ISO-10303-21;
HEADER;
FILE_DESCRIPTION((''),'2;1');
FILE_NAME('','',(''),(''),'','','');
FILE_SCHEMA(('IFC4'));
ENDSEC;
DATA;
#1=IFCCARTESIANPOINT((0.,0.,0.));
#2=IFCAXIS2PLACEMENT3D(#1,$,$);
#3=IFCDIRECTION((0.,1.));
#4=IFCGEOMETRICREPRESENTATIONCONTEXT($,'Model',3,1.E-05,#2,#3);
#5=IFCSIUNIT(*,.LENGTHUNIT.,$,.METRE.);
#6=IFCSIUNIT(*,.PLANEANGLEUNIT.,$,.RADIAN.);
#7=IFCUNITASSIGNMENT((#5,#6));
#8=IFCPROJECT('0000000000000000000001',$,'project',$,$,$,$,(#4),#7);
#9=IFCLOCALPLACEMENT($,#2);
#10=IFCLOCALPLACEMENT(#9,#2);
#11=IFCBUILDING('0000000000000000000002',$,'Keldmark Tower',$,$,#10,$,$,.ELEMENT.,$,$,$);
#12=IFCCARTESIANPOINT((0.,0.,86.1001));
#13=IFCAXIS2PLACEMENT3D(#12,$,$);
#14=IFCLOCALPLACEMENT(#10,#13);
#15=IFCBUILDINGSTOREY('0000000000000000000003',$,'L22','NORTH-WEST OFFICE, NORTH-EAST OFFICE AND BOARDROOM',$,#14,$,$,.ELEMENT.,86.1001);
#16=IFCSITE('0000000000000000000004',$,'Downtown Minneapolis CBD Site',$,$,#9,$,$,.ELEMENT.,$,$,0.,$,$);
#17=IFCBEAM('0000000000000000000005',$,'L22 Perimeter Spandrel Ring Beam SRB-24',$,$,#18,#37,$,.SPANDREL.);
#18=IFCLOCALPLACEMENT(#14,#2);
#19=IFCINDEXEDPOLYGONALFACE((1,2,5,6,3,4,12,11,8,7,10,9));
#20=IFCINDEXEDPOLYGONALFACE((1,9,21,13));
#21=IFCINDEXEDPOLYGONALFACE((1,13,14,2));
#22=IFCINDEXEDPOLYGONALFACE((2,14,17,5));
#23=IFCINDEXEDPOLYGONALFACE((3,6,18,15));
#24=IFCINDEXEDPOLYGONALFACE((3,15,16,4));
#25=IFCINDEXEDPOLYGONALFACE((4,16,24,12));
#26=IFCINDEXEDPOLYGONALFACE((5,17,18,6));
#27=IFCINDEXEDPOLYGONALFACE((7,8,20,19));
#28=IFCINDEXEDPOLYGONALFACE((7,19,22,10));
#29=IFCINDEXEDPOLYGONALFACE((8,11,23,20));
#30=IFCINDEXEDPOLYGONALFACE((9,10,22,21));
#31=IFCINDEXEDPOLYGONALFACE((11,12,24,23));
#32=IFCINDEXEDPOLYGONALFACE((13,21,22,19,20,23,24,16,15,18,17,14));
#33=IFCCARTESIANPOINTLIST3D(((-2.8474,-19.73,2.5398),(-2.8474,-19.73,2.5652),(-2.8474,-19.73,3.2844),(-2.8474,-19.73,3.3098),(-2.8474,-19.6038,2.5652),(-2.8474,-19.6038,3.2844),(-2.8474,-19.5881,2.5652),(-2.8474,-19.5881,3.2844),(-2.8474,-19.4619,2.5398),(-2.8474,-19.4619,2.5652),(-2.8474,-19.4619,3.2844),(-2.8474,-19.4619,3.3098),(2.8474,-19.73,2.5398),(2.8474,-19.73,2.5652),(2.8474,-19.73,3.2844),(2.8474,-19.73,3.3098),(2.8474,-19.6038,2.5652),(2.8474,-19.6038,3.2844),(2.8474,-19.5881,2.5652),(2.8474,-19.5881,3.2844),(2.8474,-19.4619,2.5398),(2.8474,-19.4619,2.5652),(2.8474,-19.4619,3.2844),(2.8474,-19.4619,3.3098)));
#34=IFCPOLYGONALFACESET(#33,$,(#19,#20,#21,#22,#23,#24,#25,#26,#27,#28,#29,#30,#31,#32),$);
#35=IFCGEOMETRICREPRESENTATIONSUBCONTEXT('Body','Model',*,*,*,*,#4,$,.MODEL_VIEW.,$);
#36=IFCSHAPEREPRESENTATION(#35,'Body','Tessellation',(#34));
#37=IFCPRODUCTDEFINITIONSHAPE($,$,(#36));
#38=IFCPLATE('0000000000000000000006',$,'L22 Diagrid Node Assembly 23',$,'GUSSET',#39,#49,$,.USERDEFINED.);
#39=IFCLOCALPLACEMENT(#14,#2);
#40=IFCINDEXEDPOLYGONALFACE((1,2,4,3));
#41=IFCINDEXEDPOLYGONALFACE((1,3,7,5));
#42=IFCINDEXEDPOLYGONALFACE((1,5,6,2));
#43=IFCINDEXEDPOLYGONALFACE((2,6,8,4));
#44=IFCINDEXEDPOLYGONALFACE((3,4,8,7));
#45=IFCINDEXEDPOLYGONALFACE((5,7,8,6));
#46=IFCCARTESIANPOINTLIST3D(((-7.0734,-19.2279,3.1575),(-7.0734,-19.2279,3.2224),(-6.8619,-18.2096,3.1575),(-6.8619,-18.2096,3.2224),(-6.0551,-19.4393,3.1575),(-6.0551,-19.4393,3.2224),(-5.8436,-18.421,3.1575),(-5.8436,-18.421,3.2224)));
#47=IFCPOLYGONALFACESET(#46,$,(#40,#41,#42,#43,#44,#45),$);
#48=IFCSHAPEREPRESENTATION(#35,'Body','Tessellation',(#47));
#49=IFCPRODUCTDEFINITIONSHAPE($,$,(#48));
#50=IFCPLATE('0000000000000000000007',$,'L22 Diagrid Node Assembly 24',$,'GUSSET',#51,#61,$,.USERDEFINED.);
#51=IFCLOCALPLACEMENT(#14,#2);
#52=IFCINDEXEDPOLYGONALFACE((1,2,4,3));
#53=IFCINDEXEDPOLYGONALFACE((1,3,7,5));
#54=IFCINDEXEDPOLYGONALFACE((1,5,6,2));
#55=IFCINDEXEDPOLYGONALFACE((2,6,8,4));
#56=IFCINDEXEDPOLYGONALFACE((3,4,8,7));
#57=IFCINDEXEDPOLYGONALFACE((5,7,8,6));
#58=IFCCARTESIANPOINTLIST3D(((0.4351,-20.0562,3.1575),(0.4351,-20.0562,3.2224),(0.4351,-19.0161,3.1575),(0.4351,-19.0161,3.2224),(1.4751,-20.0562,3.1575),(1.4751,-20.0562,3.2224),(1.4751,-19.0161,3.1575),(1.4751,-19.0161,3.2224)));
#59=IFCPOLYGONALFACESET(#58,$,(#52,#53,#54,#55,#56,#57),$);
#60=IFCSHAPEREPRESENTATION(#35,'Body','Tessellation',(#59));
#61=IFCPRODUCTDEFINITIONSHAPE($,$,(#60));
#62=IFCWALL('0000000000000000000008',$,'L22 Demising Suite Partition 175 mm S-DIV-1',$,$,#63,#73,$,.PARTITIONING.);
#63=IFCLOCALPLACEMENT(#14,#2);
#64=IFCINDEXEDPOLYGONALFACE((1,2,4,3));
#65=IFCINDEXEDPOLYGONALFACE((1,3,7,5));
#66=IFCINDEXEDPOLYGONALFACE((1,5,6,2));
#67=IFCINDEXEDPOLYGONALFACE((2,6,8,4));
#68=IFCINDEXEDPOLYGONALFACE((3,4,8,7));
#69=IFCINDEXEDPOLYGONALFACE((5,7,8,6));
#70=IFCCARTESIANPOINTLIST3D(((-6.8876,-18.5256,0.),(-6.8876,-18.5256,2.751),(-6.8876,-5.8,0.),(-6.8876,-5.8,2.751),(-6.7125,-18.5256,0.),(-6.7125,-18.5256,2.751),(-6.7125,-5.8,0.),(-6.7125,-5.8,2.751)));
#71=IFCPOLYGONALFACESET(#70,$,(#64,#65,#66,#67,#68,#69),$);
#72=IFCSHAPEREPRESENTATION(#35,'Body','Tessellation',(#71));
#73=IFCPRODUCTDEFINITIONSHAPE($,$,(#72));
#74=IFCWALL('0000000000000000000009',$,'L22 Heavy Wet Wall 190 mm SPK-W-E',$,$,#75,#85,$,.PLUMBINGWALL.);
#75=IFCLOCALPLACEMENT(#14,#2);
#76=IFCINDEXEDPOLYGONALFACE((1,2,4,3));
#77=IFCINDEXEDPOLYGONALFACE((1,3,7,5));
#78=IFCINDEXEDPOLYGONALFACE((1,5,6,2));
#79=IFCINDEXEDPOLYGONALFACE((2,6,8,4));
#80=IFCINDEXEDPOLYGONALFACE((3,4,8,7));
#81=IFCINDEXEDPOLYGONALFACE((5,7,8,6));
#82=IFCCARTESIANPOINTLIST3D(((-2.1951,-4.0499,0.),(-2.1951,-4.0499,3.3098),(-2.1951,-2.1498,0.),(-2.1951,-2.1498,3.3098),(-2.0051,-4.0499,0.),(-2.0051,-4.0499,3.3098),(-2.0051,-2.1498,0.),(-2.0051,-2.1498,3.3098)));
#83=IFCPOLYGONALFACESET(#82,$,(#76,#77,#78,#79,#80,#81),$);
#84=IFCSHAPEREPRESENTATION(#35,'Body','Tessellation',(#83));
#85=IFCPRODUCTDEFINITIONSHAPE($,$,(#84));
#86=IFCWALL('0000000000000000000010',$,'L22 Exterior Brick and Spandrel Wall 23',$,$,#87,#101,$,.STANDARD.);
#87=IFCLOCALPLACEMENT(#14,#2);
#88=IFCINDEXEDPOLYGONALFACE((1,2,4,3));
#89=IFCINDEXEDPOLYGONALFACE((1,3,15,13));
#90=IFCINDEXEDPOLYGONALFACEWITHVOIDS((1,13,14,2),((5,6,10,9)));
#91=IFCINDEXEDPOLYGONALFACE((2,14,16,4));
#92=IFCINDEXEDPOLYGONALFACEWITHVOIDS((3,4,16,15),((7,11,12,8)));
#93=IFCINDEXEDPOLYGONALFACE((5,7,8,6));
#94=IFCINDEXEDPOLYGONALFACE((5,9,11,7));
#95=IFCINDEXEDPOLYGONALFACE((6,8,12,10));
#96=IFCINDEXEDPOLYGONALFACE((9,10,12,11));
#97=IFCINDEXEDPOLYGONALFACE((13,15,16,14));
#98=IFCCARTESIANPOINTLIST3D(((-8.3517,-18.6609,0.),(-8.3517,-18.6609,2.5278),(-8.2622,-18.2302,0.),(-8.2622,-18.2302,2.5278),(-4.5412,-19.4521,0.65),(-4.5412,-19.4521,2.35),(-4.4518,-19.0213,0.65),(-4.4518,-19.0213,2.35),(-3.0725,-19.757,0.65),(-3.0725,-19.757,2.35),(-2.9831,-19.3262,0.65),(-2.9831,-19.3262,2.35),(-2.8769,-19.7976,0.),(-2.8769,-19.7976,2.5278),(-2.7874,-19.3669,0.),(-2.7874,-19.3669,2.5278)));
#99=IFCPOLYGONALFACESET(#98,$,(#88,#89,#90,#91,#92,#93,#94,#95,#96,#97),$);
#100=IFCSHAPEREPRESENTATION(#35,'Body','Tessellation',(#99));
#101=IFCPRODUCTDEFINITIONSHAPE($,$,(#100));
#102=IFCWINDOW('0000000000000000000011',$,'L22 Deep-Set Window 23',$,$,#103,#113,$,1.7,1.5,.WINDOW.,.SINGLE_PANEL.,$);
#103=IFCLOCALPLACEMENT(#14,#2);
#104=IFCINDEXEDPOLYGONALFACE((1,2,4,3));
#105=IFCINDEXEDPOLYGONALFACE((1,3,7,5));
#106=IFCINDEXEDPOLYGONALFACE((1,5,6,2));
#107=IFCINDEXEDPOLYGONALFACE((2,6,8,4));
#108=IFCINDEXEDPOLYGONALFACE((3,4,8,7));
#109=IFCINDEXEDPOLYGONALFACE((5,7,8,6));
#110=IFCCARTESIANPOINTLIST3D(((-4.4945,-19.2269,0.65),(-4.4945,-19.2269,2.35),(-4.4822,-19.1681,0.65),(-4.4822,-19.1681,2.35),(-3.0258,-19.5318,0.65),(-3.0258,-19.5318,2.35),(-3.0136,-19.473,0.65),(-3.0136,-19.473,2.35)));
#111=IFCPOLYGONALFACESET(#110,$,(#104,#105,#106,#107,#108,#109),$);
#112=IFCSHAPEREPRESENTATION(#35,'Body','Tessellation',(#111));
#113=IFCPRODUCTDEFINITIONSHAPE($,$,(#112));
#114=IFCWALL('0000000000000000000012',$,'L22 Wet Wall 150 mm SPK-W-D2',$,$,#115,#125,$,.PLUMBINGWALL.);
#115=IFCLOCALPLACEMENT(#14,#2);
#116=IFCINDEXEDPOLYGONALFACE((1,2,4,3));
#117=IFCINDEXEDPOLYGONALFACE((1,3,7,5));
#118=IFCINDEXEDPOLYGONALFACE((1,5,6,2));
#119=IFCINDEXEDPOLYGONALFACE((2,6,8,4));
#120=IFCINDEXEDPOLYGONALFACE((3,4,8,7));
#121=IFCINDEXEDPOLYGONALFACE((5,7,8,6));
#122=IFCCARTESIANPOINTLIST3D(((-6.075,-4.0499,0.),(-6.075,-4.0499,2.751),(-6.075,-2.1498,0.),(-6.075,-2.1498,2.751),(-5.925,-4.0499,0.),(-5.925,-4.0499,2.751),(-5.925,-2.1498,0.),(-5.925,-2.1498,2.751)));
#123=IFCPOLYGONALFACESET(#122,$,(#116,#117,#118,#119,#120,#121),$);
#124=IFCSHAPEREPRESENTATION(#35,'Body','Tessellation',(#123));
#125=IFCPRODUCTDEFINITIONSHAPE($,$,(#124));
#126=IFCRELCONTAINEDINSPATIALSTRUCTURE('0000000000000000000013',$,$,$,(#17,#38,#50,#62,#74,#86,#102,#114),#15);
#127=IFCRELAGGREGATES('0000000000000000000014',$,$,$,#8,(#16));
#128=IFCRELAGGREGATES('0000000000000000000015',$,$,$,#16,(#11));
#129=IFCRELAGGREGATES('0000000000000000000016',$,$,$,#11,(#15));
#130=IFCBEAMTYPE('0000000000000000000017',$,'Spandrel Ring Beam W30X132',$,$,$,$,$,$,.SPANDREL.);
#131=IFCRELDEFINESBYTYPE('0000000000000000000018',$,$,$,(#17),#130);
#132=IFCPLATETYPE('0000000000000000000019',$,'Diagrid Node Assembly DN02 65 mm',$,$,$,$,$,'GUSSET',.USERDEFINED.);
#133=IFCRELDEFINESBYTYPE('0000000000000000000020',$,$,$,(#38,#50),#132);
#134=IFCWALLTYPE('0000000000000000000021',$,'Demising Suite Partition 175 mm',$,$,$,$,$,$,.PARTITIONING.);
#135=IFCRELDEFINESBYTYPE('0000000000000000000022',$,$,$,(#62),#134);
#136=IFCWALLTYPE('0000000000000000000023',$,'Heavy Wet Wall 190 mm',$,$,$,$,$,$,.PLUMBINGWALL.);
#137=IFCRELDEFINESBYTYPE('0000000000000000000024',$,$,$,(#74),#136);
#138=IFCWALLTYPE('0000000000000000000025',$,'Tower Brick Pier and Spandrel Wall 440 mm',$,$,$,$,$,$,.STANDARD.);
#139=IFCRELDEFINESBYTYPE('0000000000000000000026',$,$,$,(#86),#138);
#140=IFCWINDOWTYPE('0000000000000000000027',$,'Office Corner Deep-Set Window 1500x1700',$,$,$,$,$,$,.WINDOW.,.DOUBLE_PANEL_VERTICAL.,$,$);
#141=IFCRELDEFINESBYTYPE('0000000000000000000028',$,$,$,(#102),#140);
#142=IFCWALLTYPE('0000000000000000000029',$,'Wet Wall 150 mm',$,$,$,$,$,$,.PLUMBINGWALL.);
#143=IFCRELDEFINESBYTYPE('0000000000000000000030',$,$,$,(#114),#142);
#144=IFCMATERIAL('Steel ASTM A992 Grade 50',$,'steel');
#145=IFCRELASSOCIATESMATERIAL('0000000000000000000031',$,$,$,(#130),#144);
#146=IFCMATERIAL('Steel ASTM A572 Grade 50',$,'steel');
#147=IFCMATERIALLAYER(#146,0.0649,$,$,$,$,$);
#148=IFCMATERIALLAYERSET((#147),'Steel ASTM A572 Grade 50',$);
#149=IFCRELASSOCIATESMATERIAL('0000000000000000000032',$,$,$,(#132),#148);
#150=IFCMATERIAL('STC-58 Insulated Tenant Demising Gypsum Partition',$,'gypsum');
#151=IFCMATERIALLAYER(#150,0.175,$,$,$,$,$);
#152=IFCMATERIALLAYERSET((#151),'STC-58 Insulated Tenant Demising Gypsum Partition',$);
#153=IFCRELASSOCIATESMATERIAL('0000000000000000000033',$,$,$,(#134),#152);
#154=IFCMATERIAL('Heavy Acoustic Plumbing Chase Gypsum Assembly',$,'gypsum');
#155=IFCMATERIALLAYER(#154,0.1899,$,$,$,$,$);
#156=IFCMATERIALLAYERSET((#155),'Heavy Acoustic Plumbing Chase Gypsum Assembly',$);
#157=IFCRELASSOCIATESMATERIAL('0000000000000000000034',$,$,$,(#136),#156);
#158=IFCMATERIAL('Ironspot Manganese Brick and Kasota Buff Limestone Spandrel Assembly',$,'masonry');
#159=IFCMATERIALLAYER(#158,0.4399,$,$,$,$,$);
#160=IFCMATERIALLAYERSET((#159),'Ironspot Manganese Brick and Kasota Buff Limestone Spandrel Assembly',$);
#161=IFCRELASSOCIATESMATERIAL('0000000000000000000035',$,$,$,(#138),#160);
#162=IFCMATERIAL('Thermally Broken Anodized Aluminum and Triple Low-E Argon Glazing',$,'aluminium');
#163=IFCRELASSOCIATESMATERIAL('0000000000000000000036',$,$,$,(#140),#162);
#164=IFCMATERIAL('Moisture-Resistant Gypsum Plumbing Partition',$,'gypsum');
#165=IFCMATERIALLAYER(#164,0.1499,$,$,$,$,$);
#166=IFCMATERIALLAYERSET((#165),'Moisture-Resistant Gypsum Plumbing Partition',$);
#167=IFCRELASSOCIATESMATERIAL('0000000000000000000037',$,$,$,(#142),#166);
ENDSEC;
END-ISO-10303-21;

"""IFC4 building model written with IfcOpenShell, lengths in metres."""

from ifc_helpers import new_model, si_unit, direction, frame, frame_2d, origin, origin_2d, place, context, subcontext, project, spatial, rectangle, i_section, extrude, material, layer, layer_set, material_profile, profile_set, type_object, element, fill, save


model = new_model("IFC4")

# Units and contexts
model_context = context("Model", 3, precision=1e-05, world=origin(), true_north=direction((0.0, 1.0)))
body_context = subcontext(model_context, "Body", "Model", "MODEL_VIEW")
ifc_project = project(units=[si_unit("LENGTHUNIT", "METRE"), si_unit("PLANEANGLEUNIT", "RADIAN")], contexts=[model_context])

# Site, building, storey
site_placement = place(None, origin())
site = spatial("IfcSite", under=ifc_project, at=site_placement, Name="Downtown Minneapolis CBD Site", CompositionType="ELEMENT", RefElevation=0.0)
building_placement = place(site_placement, origin())
building = spatial("IfcBuilding", under=site, at=building_placement, Name="Keldmark Tower", CompositionType="ELEMENT")
storey_placement = place(building_placement, frame((0.0, 0.0, 86.1001)))
storey = spatial("IfcBuildingStorey", under=building, at=storey_placement, Name="L22", Description="NORTH-WEST OFFICE, NORTH-EAST OFFICE AND BOARDROOM", CompositionType="ELEMENT", Elevation=86.1001)

# Beam
ifc_material_1 = material(Name="Steel ASTM A992 Grade 50", Category="steel")
ifc_material_profile_1 = material_profile(ifc_material_1, i_section(OverallWidth=0.2681, OverallDepth=0.77, WebThickness=0.0156, FlangeThickness=0.0254, at=origin_2d()), Name="W30X132")
ifc_profile_set_1 = profile_set([ifc_material_profile_1], Name="Steel ASTM A992 Grade 50")
beam_type_1 = type_object("IfcBeamType", Name="Spandrel Ring Beam W30X132", PredefinedType="SPANDREL", material=ifc_profile_set_1)
beam_1_placement = place(storey_placement, frame((-2.8474, -19.5959, 2.9248), z_axis=(1.0, 0.0, 0.0), x_axis=(0.0, 1.0, 0.0)))
element("IfcBeam", 1, at=beam_1_placement, inside=storey, type_object=beam_type_1, Name="L22 Perimeter Spandrel Ring Beam SRB-24", PredefinedType="SPANDREL", context=body_context, shape_type="SweptSolid", body=[
    extrude(i_section(OverallWidth=0.2681, OverallDepth=0.77, WebThickness=0.0156, FlangeThickness=0.0254, at=origin_2d()), origin(), (0.0, 0.0, 1.0), 5.6948),
])

# Plates
ifc_material_2 = material(Name="Steel ASTM A572 Grade 50", Category="steel")
ifc_layer_1 = layer(ifc_material_2, 0.0649)
ifc_layer_set_1 = layer_set([ifc_layer_1], Name="Steel ASTM A572 Grade 50")
plate_type = type_object("IfcPlateType", Name="Diagrid Node Assembly DN02 65 mm", ElementType="GUSSET", PredefinedType="USERDEFINED", material=ifc_layer_set_1)
for number, where, z_axis, x_axis, name in (
    (2, (-6.4585, -18.8245, 3.1575), (0.0, 0.0, 1.0), (0.979116, -0.2033, 0.0), "L22 Diagrid Node Assembly 23"),
    (3, (0.9551, -19.5361, 3.1575), (0.0, 0.0, 1.0), (1.0, 0.0, 0.0), "L22 Diagrid Node Assembly 24"),
):
    element("IfcPlate", number, at=place(storey_placement, frame(where, z_axis=z_axis, x_axis=x_axis)), inside=storey, type_object=plate_type, Name=name, ObjectType="GUSSET", PredefinedType="USERDEFINED", context=body_context, shape_type="SweptSolid", body=[
        extrude(rectangle(XDim=1.04, YDim=1.04, at=origin_2d()), origin(), (0.0, 0.0, 1.0), 0.0649),
    ])

# Walls
ifc_material_3 = material(Name="STC-58 Insulated Tenant Demising Gypsum Partition", Category="gypsum")
ifc_layer_2 = layer(ifc_material_3, 0.175)
ifc_layer_set_2 = layer_set([ifc_layer_2], Name="STC-58 Insulated Tenant Demising Gypsum Partition")
wall_type_1 = type_object("IfcWallType", Name="Demising Suite Partition 175 mm", PredefinedType="PARTITIONING", material=ifc_layer_set_2)
wall_1_placement = place(storey_placement, frame((-6.8, -18.5256, 0.0), z_axis=(0.0, 0.0, 1.0), x_axis=(0.0, 1.0, 0.0)))
element("IfcWall", 4, at=wall_1_placement, inside=storey, type_object=wall_type_1, Name="L22 Demising Suite Partition 175 mm S-DIV-1", PredefinedType="PARTITIONING", context=body_context, shape_type="SweptSolid", body=[
    extrude(rectangle(XDim=12.7256, YDim=0.175, at=frame_2d((6.3628, 0.0))), origin(), (0.0, 0.0, 1.0), 2.751),
])
ifc_material_4 = material(Name="Heavy Acoustic Plumbing Chase Gypsum Assembly", Category="gypsum")
ifc_layer_3 = layer(ifc_material_4, 0.1899)
ifc_layer_set_3 = layer_set([ifc_layer_3], Name="Heavy Acoustic Plumbing Chase Gypsum Assembly")
wall_type_2 = type_object("IfcWallType", Name="Heavy Wet Wall 190 mm", PredefinedType="PLUMBINGWALL", material=ifc_layer_set_3)
wall_2_placement = place(storey_placement, frame((-2.1001, -4.05, 0.0), z_axis=(0.0, 0.0, 1.0), x_axis=(0.0, 1.0, 0.0)))
element("IfcWall", 5, at=wall_2_placement, inside=storey, type_object=wall_type_2, Name="L22 Heavy Wet Wall 190 mm SPK-W-E", PredefinedType="PLUMBINGWALL", context=body_context, shape_type="SweptSolid", body=[
    extrude(rectangle(XDim=1.9001, YDim=0.1899, at=frame_2d((0.9502, 0.0))), origin(), (0.0, 0.0, 1.0), 3.3098),
])

# Wall, opening, window
ifc_material_5 = material(Name="Ironspot Manganese Brick and Kasota Buff Limestone Spandrel Assembly", Category="masonry")
ifc_layer_4 = layer(ifc_material_5, 0.4399)
ifc_layer_set_4 = layer_set([ifc_layer_4], Name="Ironspot Manganese Brick and Kasota Buff Limestone Spandrel Assembly")
wall_type_3 = type_object("IfcWallType", Name="Tower Brick Pier and Spandrel Wall 440 mm", PredefinedType="STANDARD", material=ifc_layer_set_4)
wall_3_placement = place(storey_placement, frame((-2.832, -19.5823, 0.0), z_axis=(0.0, 0.0, 1.0), x_axis=(-0.979119, 0.20329, 0.0)))
wall_3 = element("IfcWall", 6, at=wall_3_placement, inside=storey, type_object=wall_type_3, Name="L22 Exterior Brick and Spandrel Wall 23", PredefinedType="STANDARD", context=body_context, shape_type="SweptSolid", body=[
    extrude(rectangle(XDim=5.5916, YDim=0.4399, at=frame_2d((2.7959, 0.0))), origin(), (0.0, 0.0, 1.0), 2.5278),
])
opening_placement = place(wall_3_placement, frame((0.2, 0.0, 0.6499)))
opening = element("IfcOpeningElement", 7, at=opening_placement, cuts=wall_3, PredefinedType="OPENING", context=body_context, shape_type="SweptSolid", body=[
    extrude(rectangle(XDim=1.5, YDim=1.7, at=frame_2d((0.75, 0.8501))), frame((0.0, 0.23, 0.0), z_axis=(0.0, -1.0, 0.0), x_axis=(1.0, 0.0, 0.0)), (0.0, 0.0, 1.0), 0.46),
])
ifc_material_6 = material(Name="Thermally Broken Anodized Aluminum and Triple Low-E Argon Glazing", Category="aluminium")
window_type = type_object("IfcWindowType", Name="Office Corner Deep-Set Window 1500x1700", PartitioningType="DOUBLE_PANEL_VERTICAL", PredefinedType="WINDOW", material=ifc_material_6)
window_placement = place(opening_placement, origin())
window = element("IfcWindow", 8, at=window_placement, inside=storey, type_object=window_type, Name="L22 Deep-Set Window 23", OverallHeight=1.7, OverallWidth=1.5, PartitioningType="SINGLE_PANEL", PredefinedType="WINDOW", context=body_context, shape_type="SweptSolid", body=[
    extrude(rectangle(XDim=1.5, YDim=1.7, at=frame_2d((0.75, 0.8501))), frame((0.0, -0.01, 0.0), z_axis=(0.0, -1.0, 0.0), x_axis=(1.0, 0.0, 0.0)), (0.0, 0.0, 1.0), 0.0601),
])
fill(opening, window)

# Wall
ifc_material_7 = material(Name="Moisture-Resistant Gypsum Plumbing Partition", Category="gypsum")
ifc_layer_5 = layer(ifc_material_7, 0.1499)
ifc_layer_set_5 = layer_set([ifc_layer_5], Name="Moisture-Resistant Gypsum Plumbing Partition")
wall_type_4 = type_object("IfcWallType", Name="Wet Wall 150 mm", PredefinedType="PLUMBINGWALL", material=ifc_layer_set_5)
wall_4_placement = place(storey_placement, frame((-6.0, -4.05, 0.0), z_axis=(0.0, 0.0, 1.0), x_axis=(0.0, 1.0, 0.0)))
element("IfcWall", 9, at=wall_4_placement, inside=storey, type_object=wall_type_4, Name="L22 Wet Wall 150 mm SPK-W-D2", PredefinedType="PLUMBINGWALL", context=body_context, shape_type="SweptSolid", body=[
    extrude(rectangle(XDim=1.9001, YDim=0.1499, at=frame_2d((0.9502, 0.0))), origin(), (0.0, 0.0, 1.0), 2.751),
])

save(model, "model.ifc")
